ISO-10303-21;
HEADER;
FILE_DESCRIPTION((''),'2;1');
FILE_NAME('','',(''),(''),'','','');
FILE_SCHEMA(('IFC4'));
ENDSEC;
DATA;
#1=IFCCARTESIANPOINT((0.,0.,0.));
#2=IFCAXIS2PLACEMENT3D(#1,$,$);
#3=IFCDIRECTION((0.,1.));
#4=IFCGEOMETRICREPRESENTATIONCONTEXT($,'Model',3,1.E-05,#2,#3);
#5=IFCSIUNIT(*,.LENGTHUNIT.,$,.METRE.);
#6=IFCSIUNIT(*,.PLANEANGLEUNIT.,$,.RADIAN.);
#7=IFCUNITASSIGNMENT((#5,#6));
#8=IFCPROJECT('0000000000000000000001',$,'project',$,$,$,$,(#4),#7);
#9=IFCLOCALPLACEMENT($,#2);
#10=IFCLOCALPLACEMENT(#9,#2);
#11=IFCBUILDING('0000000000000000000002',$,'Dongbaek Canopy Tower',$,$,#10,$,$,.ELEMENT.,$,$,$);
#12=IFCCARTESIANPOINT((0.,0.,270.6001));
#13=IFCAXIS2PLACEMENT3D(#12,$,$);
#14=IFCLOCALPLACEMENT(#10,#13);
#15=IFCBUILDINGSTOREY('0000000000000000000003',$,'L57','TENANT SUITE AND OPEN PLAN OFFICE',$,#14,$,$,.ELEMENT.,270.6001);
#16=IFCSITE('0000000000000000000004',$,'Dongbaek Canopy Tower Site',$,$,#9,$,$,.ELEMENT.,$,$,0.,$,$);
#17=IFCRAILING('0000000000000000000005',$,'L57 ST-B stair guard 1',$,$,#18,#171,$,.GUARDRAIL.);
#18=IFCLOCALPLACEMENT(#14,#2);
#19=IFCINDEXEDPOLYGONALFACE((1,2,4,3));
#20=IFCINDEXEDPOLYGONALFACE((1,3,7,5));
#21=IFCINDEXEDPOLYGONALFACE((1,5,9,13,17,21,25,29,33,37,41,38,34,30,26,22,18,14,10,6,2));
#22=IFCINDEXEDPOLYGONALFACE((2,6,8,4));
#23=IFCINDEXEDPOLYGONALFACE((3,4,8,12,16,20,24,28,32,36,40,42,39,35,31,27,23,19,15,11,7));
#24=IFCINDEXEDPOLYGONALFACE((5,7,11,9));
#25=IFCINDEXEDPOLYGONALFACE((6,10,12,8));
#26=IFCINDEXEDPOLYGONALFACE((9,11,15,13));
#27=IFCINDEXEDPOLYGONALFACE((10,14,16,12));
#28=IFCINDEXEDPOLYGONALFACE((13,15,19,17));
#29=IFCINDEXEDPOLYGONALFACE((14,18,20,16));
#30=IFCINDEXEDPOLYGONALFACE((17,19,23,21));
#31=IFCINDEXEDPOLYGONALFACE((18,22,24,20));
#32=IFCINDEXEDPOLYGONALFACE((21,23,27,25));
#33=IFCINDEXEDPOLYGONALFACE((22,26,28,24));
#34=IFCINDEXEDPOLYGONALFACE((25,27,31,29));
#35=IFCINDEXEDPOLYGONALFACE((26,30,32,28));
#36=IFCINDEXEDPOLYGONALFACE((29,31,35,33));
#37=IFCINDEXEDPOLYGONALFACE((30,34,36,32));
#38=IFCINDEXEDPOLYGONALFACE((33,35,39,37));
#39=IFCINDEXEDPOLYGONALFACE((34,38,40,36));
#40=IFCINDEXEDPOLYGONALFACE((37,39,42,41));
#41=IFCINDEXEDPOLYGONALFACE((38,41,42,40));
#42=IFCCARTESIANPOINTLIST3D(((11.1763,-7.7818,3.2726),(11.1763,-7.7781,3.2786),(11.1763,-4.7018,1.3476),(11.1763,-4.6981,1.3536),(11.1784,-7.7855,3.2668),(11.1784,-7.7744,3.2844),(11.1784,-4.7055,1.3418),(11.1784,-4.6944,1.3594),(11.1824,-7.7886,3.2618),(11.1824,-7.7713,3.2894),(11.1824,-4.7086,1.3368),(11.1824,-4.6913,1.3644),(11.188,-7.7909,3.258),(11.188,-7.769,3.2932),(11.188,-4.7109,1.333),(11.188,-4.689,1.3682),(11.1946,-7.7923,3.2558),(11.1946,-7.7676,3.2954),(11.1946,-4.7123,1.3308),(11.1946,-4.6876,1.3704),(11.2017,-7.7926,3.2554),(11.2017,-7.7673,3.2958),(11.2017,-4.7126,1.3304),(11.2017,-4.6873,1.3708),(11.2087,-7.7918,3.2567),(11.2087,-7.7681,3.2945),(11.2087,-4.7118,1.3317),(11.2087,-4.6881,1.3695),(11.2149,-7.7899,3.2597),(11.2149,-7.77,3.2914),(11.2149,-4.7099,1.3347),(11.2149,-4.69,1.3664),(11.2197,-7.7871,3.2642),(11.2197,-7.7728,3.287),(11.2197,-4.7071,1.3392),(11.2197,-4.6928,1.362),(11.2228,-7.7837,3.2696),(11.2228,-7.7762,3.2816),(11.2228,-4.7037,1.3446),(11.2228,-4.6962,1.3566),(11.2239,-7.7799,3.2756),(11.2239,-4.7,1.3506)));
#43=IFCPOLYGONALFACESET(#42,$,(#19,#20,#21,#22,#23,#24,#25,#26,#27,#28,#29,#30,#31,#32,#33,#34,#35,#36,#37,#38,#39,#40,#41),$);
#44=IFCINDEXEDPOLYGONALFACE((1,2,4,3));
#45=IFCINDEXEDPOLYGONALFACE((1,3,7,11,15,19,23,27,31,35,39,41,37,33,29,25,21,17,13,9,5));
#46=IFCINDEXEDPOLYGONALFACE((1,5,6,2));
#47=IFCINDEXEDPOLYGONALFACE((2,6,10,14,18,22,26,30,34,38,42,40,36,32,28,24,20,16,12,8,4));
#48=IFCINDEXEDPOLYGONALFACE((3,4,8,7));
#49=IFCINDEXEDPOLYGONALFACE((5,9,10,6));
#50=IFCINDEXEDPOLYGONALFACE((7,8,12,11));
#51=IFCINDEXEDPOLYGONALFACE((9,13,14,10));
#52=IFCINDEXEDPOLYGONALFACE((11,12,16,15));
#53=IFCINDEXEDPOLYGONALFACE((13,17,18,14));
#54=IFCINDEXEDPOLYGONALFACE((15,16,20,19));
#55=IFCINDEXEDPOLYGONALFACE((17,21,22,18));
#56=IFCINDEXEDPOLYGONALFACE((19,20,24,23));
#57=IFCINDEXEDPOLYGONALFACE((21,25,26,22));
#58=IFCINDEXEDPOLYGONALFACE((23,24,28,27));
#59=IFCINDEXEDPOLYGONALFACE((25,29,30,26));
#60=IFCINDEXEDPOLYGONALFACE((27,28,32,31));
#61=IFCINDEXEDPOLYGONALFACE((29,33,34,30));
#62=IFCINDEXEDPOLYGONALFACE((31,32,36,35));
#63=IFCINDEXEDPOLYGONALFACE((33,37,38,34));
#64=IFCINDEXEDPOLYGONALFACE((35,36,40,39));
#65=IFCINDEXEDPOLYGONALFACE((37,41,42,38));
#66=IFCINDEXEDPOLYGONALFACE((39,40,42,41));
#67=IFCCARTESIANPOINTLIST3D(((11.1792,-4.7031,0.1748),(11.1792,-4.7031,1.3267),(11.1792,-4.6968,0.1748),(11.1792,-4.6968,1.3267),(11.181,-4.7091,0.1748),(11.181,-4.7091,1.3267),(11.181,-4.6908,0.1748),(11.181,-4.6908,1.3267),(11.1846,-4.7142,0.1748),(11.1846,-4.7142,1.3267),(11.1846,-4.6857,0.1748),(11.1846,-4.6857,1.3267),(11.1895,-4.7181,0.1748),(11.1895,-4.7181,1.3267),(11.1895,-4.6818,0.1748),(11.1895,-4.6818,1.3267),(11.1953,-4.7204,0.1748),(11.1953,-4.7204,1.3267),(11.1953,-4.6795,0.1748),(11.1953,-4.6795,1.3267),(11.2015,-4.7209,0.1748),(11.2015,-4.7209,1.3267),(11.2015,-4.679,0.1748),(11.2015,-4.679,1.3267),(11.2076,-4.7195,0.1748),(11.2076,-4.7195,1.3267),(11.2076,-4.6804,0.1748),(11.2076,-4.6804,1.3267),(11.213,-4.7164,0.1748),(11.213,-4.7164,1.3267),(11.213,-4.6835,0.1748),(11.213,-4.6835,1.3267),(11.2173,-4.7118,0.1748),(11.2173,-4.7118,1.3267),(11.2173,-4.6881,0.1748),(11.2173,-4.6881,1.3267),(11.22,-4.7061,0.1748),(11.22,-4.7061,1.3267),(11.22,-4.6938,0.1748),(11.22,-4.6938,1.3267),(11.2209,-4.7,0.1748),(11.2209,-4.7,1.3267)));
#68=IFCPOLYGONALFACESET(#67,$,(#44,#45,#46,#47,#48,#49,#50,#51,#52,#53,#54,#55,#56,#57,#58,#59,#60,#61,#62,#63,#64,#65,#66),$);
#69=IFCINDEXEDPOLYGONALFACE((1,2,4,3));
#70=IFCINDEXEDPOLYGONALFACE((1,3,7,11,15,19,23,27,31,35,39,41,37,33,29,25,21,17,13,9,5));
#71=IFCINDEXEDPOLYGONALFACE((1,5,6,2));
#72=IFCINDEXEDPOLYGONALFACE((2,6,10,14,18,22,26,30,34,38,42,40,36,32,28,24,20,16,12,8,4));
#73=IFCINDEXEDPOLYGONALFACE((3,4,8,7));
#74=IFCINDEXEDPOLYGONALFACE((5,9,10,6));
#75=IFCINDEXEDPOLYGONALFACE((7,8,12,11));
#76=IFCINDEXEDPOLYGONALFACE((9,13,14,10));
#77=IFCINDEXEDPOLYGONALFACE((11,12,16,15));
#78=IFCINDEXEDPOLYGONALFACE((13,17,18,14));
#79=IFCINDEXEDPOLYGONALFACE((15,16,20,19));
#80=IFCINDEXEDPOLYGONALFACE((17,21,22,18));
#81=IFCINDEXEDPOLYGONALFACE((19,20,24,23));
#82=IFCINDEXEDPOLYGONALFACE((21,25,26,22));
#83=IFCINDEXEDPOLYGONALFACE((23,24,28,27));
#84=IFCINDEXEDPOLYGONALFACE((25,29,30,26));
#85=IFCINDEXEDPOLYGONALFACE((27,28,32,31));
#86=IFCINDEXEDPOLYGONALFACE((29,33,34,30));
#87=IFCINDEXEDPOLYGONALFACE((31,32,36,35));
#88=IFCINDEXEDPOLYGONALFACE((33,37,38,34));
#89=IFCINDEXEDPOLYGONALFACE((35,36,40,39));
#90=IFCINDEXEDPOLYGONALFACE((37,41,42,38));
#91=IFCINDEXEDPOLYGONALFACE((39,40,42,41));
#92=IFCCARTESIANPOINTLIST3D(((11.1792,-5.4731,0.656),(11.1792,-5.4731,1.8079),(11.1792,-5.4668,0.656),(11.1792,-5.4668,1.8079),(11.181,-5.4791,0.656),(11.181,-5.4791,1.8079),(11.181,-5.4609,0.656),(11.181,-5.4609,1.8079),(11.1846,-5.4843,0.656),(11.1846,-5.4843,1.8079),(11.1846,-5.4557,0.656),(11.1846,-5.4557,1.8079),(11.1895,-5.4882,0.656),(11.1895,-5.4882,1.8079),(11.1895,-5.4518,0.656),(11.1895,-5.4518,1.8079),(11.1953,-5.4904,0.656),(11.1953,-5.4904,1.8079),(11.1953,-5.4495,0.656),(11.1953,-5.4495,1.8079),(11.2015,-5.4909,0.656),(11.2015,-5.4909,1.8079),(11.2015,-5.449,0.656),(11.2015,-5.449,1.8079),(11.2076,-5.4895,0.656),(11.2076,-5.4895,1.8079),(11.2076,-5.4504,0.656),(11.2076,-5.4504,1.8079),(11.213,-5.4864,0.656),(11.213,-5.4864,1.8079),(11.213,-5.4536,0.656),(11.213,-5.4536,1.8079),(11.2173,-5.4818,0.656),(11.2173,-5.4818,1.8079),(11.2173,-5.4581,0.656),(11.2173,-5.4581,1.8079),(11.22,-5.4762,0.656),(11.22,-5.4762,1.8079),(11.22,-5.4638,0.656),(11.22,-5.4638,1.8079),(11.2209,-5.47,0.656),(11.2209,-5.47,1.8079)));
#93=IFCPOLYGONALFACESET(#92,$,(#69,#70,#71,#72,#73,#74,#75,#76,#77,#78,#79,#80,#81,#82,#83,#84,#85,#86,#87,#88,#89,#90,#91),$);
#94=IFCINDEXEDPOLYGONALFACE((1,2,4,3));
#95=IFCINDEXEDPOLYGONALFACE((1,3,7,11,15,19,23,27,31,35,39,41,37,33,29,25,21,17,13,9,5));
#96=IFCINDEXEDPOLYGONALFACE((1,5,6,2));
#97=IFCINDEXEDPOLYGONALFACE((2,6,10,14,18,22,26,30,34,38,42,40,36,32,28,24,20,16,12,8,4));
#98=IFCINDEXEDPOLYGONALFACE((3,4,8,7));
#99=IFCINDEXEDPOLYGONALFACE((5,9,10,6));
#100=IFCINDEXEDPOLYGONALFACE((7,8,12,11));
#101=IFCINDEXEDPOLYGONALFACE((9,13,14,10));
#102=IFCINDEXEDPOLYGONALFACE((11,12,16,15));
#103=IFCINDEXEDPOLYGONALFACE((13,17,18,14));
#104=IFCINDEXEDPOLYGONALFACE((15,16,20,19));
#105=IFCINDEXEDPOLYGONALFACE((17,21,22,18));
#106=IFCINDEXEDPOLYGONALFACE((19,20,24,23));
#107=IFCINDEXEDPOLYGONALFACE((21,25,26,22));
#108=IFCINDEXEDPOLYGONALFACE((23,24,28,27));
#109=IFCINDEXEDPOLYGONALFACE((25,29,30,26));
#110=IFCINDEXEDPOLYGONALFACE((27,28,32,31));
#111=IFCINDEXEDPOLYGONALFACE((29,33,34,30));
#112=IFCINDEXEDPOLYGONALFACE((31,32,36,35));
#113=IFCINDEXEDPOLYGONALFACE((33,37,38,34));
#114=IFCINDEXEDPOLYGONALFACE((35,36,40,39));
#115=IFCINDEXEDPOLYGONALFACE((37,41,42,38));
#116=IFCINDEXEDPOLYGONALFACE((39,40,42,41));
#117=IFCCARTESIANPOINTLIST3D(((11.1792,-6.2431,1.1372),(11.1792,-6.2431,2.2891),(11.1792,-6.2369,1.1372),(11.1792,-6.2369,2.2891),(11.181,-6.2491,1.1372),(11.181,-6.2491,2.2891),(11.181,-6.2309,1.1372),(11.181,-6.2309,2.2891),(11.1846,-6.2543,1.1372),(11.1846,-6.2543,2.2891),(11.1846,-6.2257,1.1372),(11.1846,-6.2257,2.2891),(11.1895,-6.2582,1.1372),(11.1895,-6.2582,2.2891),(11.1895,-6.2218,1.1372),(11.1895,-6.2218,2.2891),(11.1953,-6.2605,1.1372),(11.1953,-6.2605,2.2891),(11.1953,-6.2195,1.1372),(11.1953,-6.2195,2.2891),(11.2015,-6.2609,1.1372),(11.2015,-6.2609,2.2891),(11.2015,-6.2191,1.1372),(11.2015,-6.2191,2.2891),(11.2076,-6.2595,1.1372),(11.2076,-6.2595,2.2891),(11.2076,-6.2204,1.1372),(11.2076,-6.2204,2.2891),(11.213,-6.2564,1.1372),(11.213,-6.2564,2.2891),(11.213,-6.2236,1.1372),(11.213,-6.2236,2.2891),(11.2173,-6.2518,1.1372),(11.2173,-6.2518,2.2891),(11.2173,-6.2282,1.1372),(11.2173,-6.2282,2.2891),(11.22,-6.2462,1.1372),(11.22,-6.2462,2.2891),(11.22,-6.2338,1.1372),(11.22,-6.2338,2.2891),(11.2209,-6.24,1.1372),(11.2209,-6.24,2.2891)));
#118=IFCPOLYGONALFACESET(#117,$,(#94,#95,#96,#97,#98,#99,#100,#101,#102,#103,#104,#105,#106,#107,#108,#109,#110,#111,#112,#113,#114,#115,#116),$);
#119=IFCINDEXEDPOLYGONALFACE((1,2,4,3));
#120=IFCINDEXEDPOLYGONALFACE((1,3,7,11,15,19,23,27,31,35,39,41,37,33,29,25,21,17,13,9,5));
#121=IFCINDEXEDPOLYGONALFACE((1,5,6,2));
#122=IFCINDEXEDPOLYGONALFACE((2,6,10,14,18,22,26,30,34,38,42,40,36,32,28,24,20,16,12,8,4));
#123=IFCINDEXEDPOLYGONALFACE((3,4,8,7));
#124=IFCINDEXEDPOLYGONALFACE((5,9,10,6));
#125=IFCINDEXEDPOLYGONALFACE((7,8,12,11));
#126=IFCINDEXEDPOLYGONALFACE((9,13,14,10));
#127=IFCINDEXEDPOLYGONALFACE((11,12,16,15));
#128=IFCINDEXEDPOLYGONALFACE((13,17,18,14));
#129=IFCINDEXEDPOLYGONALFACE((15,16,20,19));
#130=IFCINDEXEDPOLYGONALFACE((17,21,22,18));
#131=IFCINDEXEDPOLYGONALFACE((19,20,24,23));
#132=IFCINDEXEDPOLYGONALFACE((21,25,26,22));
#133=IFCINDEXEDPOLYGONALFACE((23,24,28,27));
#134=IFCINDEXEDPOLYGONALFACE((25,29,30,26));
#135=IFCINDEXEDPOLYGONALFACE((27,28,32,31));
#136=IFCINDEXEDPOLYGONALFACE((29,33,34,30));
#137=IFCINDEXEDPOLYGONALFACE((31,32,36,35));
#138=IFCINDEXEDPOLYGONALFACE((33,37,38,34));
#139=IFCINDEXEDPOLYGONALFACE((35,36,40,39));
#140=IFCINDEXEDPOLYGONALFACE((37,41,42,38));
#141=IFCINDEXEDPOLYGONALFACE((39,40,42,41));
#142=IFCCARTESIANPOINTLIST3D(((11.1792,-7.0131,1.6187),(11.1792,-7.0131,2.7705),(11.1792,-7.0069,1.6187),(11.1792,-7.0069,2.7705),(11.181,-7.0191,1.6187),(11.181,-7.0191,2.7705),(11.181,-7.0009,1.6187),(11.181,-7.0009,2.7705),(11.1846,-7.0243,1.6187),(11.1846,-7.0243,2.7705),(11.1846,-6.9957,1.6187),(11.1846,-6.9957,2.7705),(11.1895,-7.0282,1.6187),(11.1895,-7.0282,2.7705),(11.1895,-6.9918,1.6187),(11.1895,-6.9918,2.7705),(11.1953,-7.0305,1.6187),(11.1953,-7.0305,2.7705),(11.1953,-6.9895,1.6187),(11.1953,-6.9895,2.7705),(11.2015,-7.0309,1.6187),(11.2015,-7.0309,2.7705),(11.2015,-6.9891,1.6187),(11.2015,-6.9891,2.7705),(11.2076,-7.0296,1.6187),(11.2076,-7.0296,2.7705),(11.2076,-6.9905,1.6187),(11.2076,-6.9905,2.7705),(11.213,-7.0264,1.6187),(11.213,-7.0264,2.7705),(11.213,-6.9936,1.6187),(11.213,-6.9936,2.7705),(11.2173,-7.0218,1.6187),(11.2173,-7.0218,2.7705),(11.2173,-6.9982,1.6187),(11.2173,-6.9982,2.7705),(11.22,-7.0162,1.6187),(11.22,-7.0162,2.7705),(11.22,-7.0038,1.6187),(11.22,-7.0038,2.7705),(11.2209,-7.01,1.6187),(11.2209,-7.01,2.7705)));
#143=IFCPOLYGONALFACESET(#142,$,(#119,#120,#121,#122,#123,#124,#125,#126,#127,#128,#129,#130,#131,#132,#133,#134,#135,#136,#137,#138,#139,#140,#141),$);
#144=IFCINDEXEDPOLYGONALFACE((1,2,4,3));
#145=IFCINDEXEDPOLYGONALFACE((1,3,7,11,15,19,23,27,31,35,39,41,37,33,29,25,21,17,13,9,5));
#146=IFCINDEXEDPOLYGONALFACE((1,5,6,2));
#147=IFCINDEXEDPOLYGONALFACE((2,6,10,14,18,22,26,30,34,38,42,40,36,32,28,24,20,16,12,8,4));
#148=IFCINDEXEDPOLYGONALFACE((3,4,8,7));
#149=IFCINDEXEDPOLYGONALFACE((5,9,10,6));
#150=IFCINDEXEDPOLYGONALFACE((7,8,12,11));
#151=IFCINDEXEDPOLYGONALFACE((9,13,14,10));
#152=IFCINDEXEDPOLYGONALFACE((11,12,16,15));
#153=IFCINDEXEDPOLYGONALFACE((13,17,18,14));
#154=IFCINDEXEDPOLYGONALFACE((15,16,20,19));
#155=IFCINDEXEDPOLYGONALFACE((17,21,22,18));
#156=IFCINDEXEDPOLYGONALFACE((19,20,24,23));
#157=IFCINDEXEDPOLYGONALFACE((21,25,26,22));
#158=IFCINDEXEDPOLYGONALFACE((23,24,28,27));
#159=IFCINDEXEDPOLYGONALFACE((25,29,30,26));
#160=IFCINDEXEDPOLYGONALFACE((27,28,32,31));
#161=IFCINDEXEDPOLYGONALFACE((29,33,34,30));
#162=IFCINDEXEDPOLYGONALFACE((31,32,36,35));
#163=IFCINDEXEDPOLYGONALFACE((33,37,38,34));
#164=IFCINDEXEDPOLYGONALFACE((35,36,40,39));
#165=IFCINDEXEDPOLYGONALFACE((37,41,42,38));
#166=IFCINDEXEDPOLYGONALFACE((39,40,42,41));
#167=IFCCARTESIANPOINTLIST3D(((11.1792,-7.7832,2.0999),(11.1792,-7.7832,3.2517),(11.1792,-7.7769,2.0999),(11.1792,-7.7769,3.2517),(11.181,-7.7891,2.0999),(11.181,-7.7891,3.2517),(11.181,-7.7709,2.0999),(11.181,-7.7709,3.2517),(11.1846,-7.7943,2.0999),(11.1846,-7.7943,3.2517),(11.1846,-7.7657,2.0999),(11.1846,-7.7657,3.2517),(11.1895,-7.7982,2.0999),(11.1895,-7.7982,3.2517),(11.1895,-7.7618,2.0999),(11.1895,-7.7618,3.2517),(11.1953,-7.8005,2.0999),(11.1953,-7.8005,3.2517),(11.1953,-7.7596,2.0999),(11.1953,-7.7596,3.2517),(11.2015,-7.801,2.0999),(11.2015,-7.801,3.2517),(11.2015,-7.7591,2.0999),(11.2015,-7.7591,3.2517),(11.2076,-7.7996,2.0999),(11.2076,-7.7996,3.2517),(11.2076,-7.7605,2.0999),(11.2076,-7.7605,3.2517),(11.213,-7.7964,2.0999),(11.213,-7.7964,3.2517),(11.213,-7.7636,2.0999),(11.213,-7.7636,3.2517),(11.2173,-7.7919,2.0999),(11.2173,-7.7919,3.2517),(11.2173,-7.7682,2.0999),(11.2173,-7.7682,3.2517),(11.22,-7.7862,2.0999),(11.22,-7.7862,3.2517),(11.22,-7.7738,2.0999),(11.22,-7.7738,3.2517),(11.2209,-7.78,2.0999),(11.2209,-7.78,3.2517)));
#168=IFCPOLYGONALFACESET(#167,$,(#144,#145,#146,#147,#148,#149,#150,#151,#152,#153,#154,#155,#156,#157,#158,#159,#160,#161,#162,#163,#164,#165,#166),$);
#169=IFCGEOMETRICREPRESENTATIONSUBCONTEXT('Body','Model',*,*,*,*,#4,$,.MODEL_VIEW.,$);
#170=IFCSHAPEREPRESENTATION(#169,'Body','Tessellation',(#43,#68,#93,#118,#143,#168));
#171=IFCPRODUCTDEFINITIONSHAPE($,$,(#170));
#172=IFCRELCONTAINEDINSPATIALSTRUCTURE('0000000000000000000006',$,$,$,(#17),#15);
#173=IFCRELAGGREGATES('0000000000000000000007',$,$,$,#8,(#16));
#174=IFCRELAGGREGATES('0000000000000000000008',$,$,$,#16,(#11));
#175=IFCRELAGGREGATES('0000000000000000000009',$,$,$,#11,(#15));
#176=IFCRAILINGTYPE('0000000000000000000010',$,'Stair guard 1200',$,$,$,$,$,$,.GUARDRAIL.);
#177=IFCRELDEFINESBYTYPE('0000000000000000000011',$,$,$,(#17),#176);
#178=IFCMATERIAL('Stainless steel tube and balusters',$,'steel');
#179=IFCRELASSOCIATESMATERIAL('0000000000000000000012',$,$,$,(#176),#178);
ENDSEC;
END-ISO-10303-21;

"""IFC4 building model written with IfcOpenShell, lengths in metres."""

from ifc_helpers import new_model, si_unit, direction, frame, origin, origin_2d, place, context, subcontext, project, spatial, circle, extrude, material, type_object, element, save


model = new_model("IFC4")

# Units and contexts
model_context = context("Model", 3, precision=1e-05, world=origin(), true_north=direction((0.0, 1.0)))
body_context = subcontext(model_context, "Body", "Model", "MODEL_VIEW")
ifc_project = project(units=[si_unit("LENGTHUNIT", "METRE"), si_unit("PLANEANGLEUNIT", "RADIAN")], contexts=[model_context])

# Site, building, storey
site_placement = place(None, origin())
site = spatial("IfcSite", under=ifc_project, at=site_placement, Name="Dongbaek Canopy Tower Site", CompositionType="ELEMENT", RefElevation=0.0)
building_placement = place(site_placement, origin())
building = spatial("IfcBuilding", under=site, at=building_placement, Name="Dongbaek Canopy Tower", CompositionType="ELEMENT")
storey_placement = place(building_placement, frame((0.0, 0.0, 270.6001)))
storey = spatial("IfcBuildingStorey", under=building, at=storey_placement, Name="L57", Description="TENANT SUITE AND OPEN PLAN OFFICE", CompositionType="ELEMENT", Elevation=270.6001)

# Railing
ifc_material_1 = material(Name="Stainless steel tube and balusters", Category="steel")
railing_type_1 = type_object("IfcRailingType", Name="Stair guard 1200", PredefinedType="GUARDRAIL", material=ifc_material_1)
railing_1_placement = place(storey_placement, frame((11.2, -4.7, 0.1748)))
element("IfcRailing", 1, at=railing_1_placement, inside=storey, type_object=railing_type_1, Name="L57 ST-B stair guard 1", PredefinedType="GUARDRAIL", context=body_context, shape_type="SweptSolid", body=[
    extrude(circle(Radius=0.0239, at=origin_2d()), frame((0.0, 0.0, 1.1758), z_axis=(0.0, -0.847998, 0.529999), x_axis=(1.0, 0.0, 0.0)), (0.0, 0.0, 1.0), 3.6321),
    extrude(circle(Radius=0.021, at=origin_2d()), origin(), (0.0, 0.0, 1.0), 1.1519),
    extrude(circle(Radius=0.021, at=origin_2d()), frame((0.0, -0.77, 0.4812)), (0.0, 0.0, 1.0), 1.1519),
    extrude(circle(Radius=0.021, at=origin_2d()), frame((0.0, -1.54, 0.9624)), (0.0, 0.0, 1.0), 1.1519),
    extrude(circle(Radius=0.021, at=origin_2d()), frame((0.0, -2.3101, 1.4438)), (0.0, 0.0, 1.0), 1.1519),
    extrude(circle(Radius=0.021, at=origin_2d()), frame((0.0, -3.0801, 1.925)), (0.0, 0.0, 1.0), 1.1519),
])

save(model, "model.ifc")
